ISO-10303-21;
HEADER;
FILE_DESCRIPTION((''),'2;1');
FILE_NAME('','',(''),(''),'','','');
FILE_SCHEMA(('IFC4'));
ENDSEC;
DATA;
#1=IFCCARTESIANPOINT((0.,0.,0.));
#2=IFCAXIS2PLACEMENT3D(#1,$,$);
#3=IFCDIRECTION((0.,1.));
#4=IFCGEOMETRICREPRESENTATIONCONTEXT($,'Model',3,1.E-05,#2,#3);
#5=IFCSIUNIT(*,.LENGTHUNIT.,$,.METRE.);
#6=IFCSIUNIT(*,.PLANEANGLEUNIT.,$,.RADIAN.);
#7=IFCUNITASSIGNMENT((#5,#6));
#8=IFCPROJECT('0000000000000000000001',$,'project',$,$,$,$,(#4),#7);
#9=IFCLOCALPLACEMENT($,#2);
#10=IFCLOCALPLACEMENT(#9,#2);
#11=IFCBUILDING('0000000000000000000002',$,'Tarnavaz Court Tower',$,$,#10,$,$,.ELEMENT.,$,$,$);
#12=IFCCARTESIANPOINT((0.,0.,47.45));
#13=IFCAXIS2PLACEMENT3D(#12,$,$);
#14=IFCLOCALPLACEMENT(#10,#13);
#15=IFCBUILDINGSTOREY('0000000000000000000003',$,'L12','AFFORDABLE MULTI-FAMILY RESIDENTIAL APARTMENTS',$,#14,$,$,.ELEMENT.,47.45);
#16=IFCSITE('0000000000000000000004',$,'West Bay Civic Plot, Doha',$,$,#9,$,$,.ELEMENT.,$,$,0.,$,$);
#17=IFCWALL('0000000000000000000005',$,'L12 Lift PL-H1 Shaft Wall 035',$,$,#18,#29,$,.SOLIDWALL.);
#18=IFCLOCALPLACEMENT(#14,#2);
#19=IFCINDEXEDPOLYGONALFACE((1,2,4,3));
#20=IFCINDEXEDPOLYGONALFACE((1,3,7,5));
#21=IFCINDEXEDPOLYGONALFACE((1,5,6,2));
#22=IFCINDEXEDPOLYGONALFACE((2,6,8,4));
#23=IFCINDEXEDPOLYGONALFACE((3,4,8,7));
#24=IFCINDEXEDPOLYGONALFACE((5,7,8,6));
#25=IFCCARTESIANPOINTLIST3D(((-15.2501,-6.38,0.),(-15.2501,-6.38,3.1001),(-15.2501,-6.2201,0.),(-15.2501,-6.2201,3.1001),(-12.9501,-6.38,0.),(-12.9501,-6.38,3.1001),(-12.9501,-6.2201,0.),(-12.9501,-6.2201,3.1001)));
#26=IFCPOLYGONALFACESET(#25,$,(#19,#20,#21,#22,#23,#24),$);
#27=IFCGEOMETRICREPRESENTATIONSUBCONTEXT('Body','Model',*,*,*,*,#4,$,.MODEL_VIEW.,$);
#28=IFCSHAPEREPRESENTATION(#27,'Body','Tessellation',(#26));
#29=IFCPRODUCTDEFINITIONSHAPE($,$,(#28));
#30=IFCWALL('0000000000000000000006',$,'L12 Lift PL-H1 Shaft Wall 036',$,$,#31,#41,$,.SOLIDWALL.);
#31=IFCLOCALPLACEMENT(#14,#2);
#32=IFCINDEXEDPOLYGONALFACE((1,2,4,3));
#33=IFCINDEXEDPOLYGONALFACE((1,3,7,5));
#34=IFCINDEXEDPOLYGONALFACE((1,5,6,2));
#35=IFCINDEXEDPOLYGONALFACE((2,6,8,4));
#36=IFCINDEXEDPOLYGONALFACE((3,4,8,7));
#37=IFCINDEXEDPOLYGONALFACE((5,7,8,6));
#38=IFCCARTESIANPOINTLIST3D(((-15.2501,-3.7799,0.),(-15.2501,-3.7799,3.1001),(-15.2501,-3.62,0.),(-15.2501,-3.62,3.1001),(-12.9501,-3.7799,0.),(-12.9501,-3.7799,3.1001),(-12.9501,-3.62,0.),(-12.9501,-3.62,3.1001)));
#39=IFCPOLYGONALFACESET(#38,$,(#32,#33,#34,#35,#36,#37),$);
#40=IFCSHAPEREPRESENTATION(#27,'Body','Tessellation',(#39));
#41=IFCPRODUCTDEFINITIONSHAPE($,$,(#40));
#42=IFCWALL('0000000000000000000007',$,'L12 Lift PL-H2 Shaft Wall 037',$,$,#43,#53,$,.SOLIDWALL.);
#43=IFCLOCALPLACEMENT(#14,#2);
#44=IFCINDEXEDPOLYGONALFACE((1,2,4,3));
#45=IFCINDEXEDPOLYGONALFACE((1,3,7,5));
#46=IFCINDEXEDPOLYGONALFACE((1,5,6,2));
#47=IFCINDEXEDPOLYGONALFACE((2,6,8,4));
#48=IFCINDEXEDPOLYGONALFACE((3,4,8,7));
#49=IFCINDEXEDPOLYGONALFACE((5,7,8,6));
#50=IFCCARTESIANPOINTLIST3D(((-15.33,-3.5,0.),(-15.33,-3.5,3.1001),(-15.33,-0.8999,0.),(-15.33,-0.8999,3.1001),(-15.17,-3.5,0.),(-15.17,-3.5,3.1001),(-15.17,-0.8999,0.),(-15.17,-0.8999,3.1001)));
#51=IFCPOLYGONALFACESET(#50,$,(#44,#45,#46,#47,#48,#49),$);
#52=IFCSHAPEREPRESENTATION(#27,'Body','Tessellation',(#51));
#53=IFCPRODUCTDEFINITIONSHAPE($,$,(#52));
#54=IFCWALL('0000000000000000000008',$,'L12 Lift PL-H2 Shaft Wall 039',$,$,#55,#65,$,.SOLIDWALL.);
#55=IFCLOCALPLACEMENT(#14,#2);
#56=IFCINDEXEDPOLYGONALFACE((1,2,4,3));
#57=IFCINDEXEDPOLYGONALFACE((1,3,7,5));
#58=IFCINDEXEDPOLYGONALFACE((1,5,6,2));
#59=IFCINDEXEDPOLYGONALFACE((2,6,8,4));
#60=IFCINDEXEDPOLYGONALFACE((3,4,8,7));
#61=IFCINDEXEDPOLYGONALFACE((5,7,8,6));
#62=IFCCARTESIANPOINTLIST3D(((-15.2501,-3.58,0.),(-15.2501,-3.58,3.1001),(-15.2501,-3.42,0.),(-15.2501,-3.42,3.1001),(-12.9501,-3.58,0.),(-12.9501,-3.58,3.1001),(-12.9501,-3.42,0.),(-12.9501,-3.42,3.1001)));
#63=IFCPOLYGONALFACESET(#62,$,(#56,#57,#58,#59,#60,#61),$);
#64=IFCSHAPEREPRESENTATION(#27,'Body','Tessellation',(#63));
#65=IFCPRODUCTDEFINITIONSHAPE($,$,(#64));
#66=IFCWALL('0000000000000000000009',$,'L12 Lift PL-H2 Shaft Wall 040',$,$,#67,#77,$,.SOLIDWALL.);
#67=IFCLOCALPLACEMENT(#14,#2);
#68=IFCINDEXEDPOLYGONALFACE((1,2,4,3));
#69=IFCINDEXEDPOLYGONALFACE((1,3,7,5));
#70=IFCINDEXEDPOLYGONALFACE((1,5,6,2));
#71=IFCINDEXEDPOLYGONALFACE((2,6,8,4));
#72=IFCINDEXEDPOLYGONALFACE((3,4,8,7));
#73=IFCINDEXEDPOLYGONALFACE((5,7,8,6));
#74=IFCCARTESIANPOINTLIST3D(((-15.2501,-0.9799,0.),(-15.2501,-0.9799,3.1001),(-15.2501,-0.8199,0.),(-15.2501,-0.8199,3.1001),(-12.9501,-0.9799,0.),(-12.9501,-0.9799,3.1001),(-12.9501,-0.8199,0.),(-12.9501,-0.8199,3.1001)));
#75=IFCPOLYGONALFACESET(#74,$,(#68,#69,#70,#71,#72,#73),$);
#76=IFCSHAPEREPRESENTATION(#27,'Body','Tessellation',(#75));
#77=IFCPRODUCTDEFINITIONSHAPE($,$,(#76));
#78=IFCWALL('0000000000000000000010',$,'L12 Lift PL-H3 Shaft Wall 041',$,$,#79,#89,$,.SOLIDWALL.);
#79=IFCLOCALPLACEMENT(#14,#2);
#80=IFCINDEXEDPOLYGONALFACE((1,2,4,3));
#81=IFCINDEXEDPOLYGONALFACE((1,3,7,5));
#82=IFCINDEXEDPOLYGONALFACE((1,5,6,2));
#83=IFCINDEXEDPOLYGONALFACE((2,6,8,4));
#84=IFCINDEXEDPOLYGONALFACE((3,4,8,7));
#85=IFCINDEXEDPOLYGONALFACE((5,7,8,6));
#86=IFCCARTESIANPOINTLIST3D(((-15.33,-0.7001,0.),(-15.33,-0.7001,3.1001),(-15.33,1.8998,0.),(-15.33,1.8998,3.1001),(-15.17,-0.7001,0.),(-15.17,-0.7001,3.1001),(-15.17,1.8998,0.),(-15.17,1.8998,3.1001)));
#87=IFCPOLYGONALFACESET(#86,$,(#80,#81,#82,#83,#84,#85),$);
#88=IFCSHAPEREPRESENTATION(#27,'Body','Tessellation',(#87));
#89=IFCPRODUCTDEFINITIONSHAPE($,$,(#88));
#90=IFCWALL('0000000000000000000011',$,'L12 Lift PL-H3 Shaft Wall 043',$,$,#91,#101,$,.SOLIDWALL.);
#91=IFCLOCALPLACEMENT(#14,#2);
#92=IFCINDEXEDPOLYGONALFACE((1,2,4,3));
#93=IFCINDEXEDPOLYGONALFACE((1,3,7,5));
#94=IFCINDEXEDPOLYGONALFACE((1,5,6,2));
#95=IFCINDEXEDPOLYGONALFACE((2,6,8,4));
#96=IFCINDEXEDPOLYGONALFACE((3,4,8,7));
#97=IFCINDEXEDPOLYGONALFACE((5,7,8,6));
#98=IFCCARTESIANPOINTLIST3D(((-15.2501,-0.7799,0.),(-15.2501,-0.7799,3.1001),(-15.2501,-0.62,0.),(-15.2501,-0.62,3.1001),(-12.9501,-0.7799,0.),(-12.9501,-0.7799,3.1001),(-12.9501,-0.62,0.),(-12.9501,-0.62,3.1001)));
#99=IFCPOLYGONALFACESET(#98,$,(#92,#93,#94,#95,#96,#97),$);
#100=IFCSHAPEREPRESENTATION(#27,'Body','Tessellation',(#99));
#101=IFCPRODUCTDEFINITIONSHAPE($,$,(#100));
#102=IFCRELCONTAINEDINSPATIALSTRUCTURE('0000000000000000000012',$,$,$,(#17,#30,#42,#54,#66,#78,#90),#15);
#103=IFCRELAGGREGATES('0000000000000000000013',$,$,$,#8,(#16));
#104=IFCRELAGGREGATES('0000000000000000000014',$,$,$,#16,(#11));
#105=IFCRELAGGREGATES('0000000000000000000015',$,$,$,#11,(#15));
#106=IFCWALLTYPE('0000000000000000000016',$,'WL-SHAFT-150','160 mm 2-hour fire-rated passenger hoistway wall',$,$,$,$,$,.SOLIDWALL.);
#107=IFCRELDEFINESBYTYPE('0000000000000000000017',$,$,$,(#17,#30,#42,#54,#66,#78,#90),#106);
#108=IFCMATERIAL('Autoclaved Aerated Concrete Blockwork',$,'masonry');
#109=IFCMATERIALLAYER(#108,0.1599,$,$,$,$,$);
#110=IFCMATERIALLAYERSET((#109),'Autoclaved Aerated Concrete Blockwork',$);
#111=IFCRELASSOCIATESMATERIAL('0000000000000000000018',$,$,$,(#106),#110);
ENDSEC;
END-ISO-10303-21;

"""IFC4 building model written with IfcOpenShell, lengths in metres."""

from ifc_helpers import new_model, si_unit, direction, frame, frame_2d, origin, place, context, subcontext, project, spatial, rectangle, extrude, material, layer, layer_set, type_object, element, save


model = new_model("IFC4")

# Units and contexts
model_context = context("Model", 3, precision=1e-05, world=origin(), true_north=direction((0.0, 1.0)))
body_context = subcontext(model_context, "Body", "Model", "MODEL_VIEW")
ifc_project = project(units=[si_unit("LENGTHUNIT", "METRE"), si_unit("PLANEANGLEUNIT", "RADIAN")], contexts=[model_context])

# Site, building, storey
site_placement = place(None, origin())
site = spatial("IfcSite", under=ifc_project, at=site_placement, Name="West Bay Civic Plot, Doha", CompositionType="ELEMENT", RefElevation=0.0)
building_placement = place(site_placement, origin())
building = spatial("IfcBuilding", under=site, at=building_placement, Name="Tarnavaz Court Tower", CompositionType="ELEMENT")
storey_placement = place(building_placement, frame((0.0, 0.0, 47.45)))
storey = spatial("IfcBuildingStorey", under=building, at=storey_placement, Name="L12", Description="AFFORDABLE MULTI-FAMILY RESIDENTIAL APARTMENTS", CompositionType="ELEMENT", Elevation=47.45)

# Walls
ifc_material_1 = material(Name="Autoclaved Aerated Concrete Blockwork", Category="masonry")
ifc_layer_1 = layer(ifc_material_1, 0.1599)
ifc_layer_set_1 = layer_set([ifc_layer_1], Name="Autoclaved Aerated Concrete Blockwork")
wall_type_1 = type_object("IfcWallType", Name="WL-SHAFT-150", Description="160 mm 2-hour fire-rated passenger hoistway wall", PredefinedType="SOLIDWALL", material=ifc_layer_set_1)
for number, where, z_axis, x_axis, name in (
    (1, (-15.25, -6.3, 0.0), (0.0, 0.0, 1.0), (1.0, 0.0, 0.0), "L12 Lift PL-H1 Shaft Wall 035"),
    (2, (-15.25, -3.7, 0.0), (0.0, 0.0, 1.0), (1.0, 0.0, 0.0), "L12 Lift PL-H1 Shaft Wall 036"),
):
    element("IfcWall", number, at=place(storey_placement, frame(where, z_axis=z_axis, x_axis=x_axis)), inside=storey, type_object=wall_type_1, Name=name, PredefinedType="SOLIDWALL", context=body_context, shape_type="SweptSolid", body=[
        extrude(rectangle(XDim=2.3, YDim=0.1599, at=frame_2d((1.1499, 0.0))), origin(), (0.0, 0.0, 1.0), 3.1001),
    ])
wall_1_placement = place(storey_placement, frame((-15.25, -3.5, 0.0), z_axis=(0.0, 0.0, 1.0), x_axis=(0.0, 1.0, 0.0)))
element("IfcWall", 3, at=wall_1_placement, inside=storey, type_object=wall_type_1, Name="L12 Lift PL-H2 Shaft Wall 037", PredefinedType="SOLIDWALL", context=body_context, shape_type="SweptSolid", body=[
    extrude(rectangle(XDim=2.6001, YDim=0.1599, at=frame_2d((1.3, 0.0))), origin(), (0.0, 0.0, 1.0), 3.1001),
])
for number, where, z_axis, x_axis, name in (
    (4, (-15.25, -3.5, 0.0), (0.0, 0.0, 1.0), (1.0, 0.0, 0.0), "L12 Lift PL-H2 Shaft Wall 039"),
    (5, (-15.25, -0.8999, 0.0), (0.0, 0.0, 1.0), (1.0, 0.0, 0.0), "L12 Lift PL-H2 Shaft Wall 040"),
):
    element("IfcWall", number, at=place(storey_placement, frame(where, z_axis=z_axis, x_axis=x_axis)), inside=storey, type_object=wall_type_1, Name=name, PredefinedType="SOLIDWALL", context=body_context, shape_type="SweptSolid", body=[
        extrude(rectangle(XDim=2.3, YDim=0.1599, at=frame_2d((1.1499, 0.0))), origin(), (0.0, 0.0, 1.0), 3.1001),
    ])
wall_2_placement = place(storey_placement, frame((-15.25, -0.7, 0.0), z_axis=(0.0, 0.0, 1.0), x_axis=(0.0, 1.0, 0.0)))
element("IfcWall", 6, at=wall_2_placement, inside=storey, type_object=wall_type_1, Name="L12 Lift PL-H3 Shaft Wall 041", PredefinedType="SOLIDWALL", context=body_context, shape_type="SweptSolid", body=[
    extrude(rectangle(XDim=2.5999, YDim=0.1599, at=frame_2d((1.2998, 0.0))), origin(), (0.0, 0.0, 1.0), 3.1001),
])
wall_3_placement = place(storey_placement, frame((-15.25, -0.7, 0.0), z_axis=(0.0, 0.0, 1.0), x_axis=(1.0, 0.0, 0.0)))
element("IfcWall", 7, at=wall_3_placement, inside=storey, type_object=wall_type_1, Name="L12 Lift PL-H3 Shaft Wall 043", PredefinedType="SOLIDWALL", context=body_context, shape_type="SweptSolid", body=[
    extrude(rectangle(XDim=2.3, YDim=0.1599, at=frame_2d((1.1499, 0.0))), origin(), (0.0, 0.0, 1.0), 3.1001),
])

save(model, "model.ifc")
